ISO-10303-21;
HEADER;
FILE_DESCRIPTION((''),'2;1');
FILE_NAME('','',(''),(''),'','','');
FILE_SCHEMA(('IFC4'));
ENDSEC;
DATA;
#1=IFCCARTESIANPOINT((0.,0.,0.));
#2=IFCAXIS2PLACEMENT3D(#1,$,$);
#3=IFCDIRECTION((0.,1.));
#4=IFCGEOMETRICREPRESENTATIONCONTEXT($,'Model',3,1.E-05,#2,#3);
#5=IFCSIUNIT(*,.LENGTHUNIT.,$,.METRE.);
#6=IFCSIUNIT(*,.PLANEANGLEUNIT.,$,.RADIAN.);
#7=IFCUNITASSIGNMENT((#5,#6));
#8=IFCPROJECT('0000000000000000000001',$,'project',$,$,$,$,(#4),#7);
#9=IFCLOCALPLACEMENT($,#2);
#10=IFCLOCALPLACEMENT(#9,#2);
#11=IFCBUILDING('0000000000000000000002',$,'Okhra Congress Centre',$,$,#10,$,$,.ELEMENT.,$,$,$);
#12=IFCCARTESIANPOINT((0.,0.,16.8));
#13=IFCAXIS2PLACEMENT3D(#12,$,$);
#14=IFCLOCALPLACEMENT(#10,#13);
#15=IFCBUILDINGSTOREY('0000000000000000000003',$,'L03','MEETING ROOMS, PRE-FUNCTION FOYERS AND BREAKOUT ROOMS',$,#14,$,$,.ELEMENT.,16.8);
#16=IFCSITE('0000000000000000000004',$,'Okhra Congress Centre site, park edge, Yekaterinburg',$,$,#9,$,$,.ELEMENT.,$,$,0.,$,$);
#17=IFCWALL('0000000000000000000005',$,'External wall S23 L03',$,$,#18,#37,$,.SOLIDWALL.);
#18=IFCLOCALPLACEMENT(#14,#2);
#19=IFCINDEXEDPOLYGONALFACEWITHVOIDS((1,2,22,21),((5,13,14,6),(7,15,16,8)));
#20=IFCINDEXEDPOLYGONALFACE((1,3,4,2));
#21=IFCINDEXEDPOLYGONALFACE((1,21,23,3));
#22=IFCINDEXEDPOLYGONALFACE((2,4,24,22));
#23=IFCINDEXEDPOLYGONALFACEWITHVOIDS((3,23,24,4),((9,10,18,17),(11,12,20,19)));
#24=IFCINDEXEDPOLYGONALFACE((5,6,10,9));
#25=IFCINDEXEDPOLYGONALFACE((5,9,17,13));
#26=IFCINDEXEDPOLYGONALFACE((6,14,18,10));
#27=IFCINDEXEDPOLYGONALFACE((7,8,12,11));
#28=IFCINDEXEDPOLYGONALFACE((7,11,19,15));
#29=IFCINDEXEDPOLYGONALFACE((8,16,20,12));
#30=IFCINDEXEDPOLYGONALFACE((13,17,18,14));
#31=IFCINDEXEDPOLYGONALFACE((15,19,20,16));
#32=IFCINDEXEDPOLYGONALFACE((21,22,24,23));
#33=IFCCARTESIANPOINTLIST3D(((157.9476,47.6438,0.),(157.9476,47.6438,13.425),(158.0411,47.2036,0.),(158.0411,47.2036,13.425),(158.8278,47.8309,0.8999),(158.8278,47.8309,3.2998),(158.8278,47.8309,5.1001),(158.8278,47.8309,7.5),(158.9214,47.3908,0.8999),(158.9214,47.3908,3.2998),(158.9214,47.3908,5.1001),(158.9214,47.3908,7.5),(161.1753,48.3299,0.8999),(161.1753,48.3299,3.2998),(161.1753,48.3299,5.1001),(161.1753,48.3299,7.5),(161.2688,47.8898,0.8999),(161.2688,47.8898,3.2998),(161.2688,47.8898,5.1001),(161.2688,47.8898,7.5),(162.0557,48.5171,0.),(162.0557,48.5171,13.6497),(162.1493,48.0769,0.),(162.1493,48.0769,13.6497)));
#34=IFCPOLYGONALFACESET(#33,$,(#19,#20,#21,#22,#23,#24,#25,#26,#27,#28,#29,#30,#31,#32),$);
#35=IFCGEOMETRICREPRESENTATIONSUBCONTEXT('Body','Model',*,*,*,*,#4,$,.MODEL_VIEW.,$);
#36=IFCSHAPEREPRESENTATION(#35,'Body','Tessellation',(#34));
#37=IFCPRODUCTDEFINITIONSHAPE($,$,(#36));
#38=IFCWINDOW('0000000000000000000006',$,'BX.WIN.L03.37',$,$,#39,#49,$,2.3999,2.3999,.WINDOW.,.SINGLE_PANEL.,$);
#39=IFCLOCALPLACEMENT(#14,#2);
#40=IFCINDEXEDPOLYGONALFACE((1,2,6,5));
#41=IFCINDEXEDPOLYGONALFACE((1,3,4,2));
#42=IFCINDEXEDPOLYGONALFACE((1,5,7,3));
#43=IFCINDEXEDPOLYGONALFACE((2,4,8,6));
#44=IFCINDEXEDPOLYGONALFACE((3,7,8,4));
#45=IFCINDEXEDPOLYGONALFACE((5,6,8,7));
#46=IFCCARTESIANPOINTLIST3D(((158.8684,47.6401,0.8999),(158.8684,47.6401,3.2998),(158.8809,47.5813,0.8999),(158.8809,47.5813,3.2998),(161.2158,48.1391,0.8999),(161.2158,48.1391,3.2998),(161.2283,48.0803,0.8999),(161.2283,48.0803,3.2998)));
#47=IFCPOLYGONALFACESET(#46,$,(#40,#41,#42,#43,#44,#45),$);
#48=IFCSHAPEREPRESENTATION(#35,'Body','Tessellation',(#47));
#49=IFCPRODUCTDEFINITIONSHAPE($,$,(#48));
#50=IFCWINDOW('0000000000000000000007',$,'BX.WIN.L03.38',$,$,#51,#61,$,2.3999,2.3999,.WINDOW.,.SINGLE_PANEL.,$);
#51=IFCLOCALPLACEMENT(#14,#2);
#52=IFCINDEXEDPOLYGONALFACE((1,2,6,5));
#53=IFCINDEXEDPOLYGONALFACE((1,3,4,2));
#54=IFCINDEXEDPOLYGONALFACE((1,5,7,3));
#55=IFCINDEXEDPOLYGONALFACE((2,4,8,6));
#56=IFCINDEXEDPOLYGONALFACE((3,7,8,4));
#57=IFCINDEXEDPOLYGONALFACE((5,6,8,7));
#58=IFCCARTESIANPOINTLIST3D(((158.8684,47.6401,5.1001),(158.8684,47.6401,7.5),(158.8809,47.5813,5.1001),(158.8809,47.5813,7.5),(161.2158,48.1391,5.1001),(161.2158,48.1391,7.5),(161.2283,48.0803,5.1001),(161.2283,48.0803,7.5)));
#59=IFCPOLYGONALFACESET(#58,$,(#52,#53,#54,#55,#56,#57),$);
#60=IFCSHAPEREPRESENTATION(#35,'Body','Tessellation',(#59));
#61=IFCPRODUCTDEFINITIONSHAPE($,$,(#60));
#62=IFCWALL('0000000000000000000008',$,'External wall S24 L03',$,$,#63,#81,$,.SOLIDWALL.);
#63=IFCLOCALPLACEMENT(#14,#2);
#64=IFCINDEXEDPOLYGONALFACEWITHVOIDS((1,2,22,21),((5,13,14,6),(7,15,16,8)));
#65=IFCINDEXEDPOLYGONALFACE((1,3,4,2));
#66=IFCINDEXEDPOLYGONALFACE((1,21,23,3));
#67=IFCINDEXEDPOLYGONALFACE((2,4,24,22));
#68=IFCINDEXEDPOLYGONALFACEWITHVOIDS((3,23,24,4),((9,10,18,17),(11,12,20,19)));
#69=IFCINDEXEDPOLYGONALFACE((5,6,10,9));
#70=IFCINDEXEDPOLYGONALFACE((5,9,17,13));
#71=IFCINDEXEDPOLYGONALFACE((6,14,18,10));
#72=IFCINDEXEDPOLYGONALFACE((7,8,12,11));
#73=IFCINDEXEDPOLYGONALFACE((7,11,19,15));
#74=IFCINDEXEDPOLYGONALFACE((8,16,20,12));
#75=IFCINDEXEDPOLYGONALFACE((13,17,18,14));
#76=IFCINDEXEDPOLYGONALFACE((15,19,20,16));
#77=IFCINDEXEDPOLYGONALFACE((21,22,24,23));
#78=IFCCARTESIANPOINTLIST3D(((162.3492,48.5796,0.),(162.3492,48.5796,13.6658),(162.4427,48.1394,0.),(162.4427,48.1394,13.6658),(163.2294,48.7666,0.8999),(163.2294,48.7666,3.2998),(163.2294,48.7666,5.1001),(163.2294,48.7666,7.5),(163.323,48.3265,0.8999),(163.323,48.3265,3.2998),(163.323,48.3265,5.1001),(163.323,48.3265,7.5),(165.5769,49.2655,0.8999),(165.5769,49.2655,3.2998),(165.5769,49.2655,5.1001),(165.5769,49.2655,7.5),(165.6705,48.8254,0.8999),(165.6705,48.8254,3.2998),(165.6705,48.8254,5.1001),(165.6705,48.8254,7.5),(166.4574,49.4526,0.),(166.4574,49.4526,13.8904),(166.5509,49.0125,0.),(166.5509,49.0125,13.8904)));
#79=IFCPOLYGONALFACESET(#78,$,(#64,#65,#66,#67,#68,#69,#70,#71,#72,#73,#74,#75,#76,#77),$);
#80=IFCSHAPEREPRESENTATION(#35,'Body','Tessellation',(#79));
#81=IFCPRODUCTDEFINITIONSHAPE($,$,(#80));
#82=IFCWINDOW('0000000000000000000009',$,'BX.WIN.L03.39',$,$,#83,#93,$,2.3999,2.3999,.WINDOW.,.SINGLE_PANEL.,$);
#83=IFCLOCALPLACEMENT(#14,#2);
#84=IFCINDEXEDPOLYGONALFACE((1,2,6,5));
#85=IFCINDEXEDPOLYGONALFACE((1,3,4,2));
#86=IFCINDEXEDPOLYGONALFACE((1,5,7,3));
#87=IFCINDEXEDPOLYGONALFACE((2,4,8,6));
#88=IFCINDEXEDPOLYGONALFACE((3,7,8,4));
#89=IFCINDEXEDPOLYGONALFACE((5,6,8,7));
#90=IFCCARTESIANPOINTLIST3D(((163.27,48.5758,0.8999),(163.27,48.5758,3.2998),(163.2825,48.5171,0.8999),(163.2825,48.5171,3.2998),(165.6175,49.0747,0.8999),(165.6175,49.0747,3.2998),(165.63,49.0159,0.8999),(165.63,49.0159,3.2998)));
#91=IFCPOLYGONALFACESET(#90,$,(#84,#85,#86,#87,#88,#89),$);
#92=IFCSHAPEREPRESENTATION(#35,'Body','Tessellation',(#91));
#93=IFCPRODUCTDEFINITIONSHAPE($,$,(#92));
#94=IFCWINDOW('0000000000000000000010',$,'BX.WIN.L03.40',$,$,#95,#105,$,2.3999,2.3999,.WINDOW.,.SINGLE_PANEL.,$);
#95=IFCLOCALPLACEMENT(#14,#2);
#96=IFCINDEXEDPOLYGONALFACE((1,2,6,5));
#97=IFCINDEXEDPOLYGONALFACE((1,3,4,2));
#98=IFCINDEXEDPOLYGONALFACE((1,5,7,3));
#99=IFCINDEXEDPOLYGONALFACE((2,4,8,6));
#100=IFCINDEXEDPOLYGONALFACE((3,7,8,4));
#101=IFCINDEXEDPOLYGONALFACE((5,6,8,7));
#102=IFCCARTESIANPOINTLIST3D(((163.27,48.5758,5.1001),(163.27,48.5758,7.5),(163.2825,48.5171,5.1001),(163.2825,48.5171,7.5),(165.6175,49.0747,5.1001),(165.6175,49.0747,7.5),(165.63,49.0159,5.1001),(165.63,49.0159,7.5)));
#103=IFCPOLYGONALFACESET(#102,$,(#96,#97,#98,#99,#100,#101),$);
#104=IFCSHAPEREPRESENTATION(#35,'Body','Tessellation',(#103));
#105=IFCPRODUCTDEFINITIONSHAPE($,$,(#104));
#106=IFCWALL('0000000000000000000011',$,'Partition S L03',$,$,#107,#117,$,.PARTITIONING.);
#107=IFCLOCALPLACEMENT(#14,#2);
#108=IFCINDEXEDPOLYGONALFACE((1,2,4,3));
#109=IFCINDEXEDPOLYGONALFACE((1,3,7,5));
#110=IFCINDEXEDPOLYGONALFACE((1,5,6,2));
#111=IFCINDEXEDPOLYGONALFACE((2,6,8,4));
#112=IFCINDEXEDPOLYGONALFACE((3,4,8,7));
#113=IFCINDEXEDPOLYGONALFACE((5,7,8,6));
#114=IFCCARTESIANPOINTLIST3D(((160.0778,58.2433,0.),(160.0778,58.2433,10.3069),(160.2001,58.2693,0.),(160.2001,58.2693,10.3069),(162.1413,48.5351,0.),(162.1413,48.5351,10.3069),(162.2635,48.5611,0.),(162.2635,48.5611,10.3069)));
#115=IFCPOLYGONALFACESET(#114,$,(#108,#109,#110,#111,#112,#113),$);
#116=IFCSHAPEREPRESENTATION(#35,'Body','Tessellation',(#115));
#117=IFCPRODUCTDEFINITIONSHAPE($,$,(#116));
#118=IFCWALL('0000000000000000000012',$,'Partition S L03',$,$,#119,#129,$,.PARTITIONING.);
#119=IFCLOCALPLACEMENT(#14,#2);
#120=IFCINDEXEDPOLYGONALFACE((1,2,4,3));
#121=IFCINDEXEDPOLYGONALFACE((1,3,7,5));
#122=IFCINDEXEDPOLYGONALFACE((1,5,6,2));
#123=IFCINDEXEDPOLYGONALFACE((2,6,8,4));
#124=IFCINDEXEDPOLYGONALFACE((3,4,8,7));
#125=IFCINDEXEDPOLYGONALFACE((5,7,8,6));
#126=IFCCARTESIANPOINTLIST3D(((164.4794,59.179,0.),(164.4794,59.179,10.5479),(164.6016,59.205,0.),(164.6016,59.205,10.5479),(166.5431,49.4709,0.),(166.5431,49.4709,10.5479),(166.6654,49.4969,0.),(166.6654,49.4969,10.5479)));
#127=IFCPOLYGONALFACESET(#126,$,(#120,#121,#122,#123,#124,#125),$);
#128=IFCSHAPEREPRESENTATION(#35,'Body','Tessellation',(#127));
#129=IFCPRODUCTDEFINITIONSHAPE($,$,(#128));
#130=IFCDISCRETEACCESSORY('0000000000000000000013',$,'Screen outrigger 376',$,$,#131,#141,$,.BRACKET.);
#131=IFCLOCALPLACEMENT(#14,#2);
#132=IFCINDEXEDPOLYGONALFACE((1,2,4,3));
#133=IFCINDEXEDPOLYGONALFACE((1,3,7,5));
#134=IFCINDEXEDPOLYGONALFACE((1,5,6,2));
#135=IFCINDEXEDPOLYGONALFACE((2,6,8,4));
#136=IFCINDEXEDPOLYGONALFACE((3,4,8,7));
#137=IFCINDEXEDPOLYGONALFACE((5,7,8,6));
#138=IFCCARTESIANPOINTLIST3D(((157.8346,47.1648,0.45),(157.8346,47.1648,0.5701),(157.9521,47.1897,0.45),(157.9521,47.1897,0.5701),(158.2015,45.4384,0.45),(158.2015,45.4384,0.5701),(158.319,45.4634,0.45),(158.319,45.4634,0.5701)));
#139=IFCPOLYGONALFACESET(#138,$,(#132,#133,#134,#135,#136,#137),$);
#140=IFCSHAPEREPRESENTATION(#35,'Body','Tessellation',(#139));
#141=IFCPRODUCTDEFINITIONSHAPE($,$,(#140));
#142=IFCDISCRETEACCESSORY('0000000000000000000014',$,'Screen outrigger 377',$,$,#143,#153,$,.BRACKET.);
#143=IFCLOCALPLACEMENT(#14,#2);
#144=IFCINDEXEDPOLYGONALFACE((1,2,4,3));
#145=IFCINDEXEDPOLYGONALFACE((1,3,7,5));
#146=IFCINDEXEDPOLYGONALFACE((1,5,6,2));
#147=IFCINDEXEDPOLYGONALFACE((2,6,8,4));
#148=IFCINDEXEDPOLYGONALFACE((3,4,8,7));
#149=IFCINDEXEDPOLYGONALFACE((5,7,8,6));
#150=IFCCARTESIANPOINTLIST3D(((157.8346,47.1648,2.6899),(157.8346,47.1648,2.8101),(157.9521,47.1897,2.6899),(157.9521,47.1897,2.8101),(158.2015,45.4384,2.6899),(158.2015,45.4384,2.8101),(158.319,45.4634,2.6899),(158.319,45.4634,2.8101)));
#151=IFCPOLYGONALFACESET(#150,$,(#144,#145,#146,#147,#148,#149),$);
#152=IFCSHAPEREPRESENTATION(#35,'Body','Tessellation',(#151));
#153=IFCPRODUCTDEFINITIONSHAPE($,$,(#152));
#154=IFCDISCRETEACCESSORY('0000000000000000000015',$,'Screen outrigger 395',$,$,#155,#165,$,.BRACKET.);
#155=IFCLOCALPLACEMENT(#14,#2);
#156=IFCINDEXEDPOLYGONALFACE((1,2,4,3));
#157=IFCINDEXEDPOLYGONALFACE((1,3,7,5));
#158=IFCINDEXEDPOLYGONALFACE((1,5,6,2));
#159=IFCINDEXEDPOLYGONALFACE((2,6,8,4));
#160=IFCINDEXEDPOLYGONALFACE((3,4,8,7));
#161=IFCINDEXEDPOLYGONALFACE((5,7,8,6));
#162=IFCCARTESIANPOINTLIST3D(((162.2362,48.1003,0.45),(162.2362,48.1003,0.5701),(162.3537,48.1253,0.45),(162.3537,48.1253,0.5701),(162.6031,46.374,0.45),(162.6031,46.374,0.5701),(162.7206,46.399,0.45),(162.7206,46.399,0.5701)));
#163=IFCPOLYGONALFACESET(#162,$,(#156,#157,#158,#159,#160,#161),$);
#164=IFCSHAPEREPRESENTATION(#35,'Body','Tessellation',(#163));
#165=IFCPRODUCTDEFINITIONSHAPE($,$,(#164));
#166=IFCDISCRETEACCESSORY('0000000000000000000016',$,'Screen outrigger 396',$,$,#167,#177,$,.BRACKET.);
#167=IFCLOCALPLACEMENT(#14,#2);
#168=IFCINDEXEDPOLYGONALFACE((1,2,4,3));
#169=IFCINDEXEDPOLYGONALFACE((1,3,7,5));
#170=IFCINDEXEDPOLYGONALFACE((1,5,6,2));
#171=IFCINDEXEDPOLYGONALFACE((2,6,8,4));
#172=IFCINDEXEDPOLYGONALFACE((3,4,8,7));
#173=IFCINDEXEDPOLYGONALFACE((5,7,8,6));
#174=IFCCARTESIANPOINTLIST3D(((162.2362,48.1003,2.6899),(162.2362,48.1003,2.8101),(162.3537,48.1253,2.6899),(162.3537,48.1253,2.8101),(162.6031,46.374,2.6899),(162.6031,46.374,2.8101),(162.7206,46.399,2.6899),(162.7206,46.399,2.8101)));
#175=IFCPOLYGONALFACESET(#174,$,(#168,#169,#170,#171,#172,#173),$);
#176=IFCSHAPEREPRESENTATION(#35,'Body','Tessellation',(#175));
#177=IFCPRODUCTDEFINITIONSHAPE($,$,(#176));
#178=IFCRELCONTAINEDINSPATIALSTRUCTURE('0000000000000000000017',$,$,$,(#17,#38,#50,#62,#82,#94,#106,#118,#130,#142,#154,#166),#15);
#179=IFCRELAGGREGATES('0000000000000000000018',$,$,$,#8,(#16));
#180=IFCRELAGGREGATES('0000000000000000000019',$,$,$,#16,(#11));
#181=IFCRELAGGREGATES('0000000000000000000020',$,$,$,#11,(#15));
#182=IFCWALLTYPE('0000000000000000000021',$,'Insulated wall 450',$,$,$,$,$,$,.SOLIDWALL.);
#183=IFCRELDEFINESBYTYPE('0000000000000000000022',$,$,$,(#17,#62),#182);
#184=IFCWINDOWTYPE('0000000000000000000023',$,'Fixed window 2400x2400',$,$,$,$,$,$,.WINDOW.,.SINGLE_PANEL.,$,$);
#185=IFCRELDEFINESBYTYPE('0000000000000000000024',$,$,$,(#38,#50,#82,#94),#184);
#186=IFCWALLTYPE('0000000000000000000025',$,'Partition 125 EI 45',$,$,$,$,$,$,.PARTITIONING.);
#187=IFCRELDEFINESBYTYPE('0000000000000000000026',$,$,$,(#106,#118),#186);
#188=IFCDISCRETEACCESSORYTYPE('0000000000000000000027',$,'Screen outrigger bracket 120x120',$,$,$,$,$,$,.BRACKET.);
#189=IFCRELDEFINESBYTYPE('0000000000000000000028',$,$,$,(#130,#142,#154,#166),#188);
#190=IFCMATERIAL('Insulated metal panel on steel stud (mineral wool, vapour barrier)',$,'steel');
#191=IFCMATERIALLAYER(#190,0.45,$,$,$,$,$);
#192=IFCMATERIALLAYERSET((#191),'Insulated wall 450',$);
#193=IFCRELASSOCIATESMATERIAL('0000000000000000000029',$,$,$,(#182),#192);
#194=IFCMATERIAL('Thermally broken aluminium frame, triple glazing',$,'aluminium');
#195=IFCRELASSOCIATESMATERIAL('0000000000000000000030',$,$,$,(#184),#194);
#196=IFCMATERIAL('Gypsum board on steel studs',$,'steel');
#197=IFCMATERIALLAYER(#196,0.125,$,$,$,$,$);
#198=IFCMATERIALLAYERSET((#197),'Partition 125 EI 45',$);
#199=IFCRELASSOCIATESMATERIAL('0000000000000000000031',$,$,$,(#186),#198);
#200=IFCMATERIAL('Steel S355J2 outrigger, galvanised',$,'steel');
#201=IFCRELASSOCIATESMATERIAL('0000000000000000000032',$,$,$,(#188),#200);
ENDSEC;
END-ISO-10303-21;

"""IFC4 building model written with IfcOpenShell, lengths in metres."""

from ifc_helpers import new_model, si_unit, direction, frame, frame_2d, origin, origin_2d, place, context, subcontext, project, spatial, polyline, rectangle, outline, extrude, material, layer, layer_set, material_profile, profile_set, type_object, element, fill, save


model = new_model("IFC4")

# Units and contexts
model_context = context("Model", 3, precision=1e-05, world=origin(), true_north=direction((0.0, 1.0)))
body_context = subcontext(model_context, "Body", "Model", "MODEL_VIEW")
ifc_project = project(units=[si_unit("LENGTHUNIT", "METRE"), si_unit("PLANEANGLEUNIT", "RADIAN")], contexts=[model_context])

# Site, building, storey
site_placement = place(None, origin())
site = spatial("IfcSite", under=ifc_project, at=site_placement, Name="Okhra Congress Centre site, park edge, Yekaterinburg", CompositionType="ELEMENT", RefElevation=0.0)
building_placement = place(site_placement, origin())
building = spatial("IfcBuilding", under=site, at=building_placement, Name="Okhra Congress Centre", CompositionType="ELEMENT")
storey_placement = place(building_placement, frame((0.0, 0.0, 16.8)))
storey = spatial("IfcBuildingStorey", under=building, at=storey_placement, Name="L03", Description="MEETING ROOMS, PRE-FUNCTION FOYERS AND BREAKOUT ROOMS", CompositionType="ELEMENT", Elevation=16.8)

# Walls, openings, windows
ifc_material_1 = material(Name="Insulated metal panel on steel stud (mineral wool, vapour barrier)", Category="steel")
ifc_layer_1 = layer(ifc_material_1, 0.45)
ifc_layer_set_1 = layer_set([ifc_layer_1], Name="Insulated wall 450")
wall_type_1 = type_object("IfcWallType", Name="Insulated wall 450", PredefinedType="SOLIDWALL", material=ifc_layer_set_1)
wall_1_placement = place(storey_placement, frame((157.9944, 47.4236, 0.0), z_axis=(0.0, 0.0, 1.0), x_axis=(0.978144, 0.207929, 0.0)))
wall_1 = element("IfcWall", 1, at=wall_1_placement, inside=storey, type_object=wall_type_1, Name="External wall S23 L03", PredefinedType="SOLIDWALL", context=body_context, shape_type="SweptSolid", body=[
    extrude(outline(polyline([(0.0, 0.0), (4.2, 0.0), (4.2, 13.6497), (0.0, 13.425), (0.0, 0.0)])), frame((0.0, 0.2251, 0.0), z_axis=(0.0, -1.0, 0.0), x_axis=(1.0, 0.0, 0.0)), (0.0, 0.0, 1.0), 0.45),
])
opening_1_placement = place(wall_1_placement, frame((0.8999, 0.0, 0.8999)))
opening_1 = element("IfcOpeningElement", 2, at=opening_1_placement, cuts=wall_1, PredefinedType="OPENING", context=body_context, shape_type="SweptSolid", body=[
    extrude(rectangle(XDim=2.3999, YDim=2.3999, at=frame_2d((1.2, 1.2))), frame((0.0, 0.2349, 0.0), z_axis=(0.0, -1.0, 0.0), x_axis=(1.0, 0.0, 0.0)), (0.0, 0.0, 1.0), 0.47),
])
opening_2_placement = place(wall_1_placement, frame((0.8999, 0.0, 5.1001)))
opening_2 = element("IfcOpeningElement", 3, at=opening_2_placement, cuts=wall_1, PredefinedType="OPENING", context=body_context, shape_type="SweptSolid", body=[
    extrude(rectangle(XDim=2.3999, YDim=2.3999, at=frame_2d((1.2, 1.2))), frame((0.0, 0.2349, 0.0), z_axis=(0.0, -1.0, 0.0), x_axis=(1.0, 0.0, 0.0)), (0.0, 0.0, 1.0), 0.47),
])
ifc_material_2 = material(Name="Thermally broken aluminium frame, triple glazing", Category="aluminium")
window_type = type_object("IfcWindowType", Name="Fixed window 2400x2400", PartitioningType="SINGLE_PANEL", PredefinedType="WINDOW", material=ifc_material_2)
window_1_placement = place(opening_1_placement, origin())
window_1 = element("IfcWindow", 4, at=window_1_placement, inside=storey, type_object=window_type, Name="BX.WIN.L03.37", OverallHeight=2.3999, OverallWidth=2.3999, PartitioningType="SINGLE_PANEL", PredefinedType="WINDOW", context=body_context, shape_type="SweptSolid", body=[
    extrude(rectangle(XDim=2.3999, YDim=2.3999, at=frame_2d((1.2, 1.2))), frame((0.0, 0.03, 0.0), z_axis=(0.0, -1.0, 0.0), x_axis=(1.0, 0.0, 0.0)), (0.0, 0.0, 1.0), 0.0601),
])
fill(opening_1, window_1)
window_2_placement = place(opening_2_placement, origin())
window_2 = element("IfcWindow", 5, at=window_2_placement, inside=storey, type_object=window_type, Name="BX.WIN.L03.38", OverallHeight=2.3999, OverallWidth=2.3999, PartitioningType="SINGLE_PANEL", PredefinedType="WINDOW", context=body_context, shape_type="SweptSolid", body=[
    extrude(rectangle(XDim=2.3999, YDim=2.3999, at=frame_2d((1.2, 1.2))), frame((0.0, 0.03, 0.0), z_axis=(0.0, -1.0, 0.0), x_axis=(1.0, 0.0, 0.0)), (0.0, 0.0, 1.0), 0.0601),
])
fill(opening_2, window_2)
wall_2_placement = place(storey_placement, frame((162.396, 48.3594, 0.0), z_axis=(0.0, 0.0, 1.0), x_axis=(0.978156, 0.207873, 0.0)))
wall_2 = element("IfcWall", 6, at=wall_2_placement, inside=storey, type_object=wall_type_1, Name="External wall S24 L03", PredefinedType="SOLIDWALL", context=body_context, shape_type="SweptSolid", body=[
    extrude(outline(polyline([(0.0, 0.0), (4.2, 0.0), (4.2, 13.8904), (0.0, 13.6658), (0.0, 0.0)])), frame((0.0, 0.2251, 0.0), z_axis=(0.0, -1.0, 0.0), x_axis=(1.0, 0.0, 0.0)), (0.0, 0.0, 1.0), 0.45),
])
opening_3_placement = place(wall_2_placement, frame((0.8999, 0.0, 0.8999)))
opening_3 = element("IfcOpeningElement", 7, at=opening_3_placement, cuts=wall_2, PredefinedType="OPENING", context=body_context, shape_type="SweptSolid", body=[
    extrude(rectangle(XDim=2.3999, YDim=2.3999, at=frame_2d((1.2, 1.2))), frame((0.0, 0.2349, 0.0), z_axis=(0.0, -1.0, 0.0), x_axis=(1.0, 0.0, 0.0)), (0.0, 0.0, 1.0), 0.47),
])
opening_4_placement = place(wall_2_placement, frame((0.8999, 0.0, 5.1001)))
opening_4 = element("IfcOpeningElement", 8, at=opening_4_placement, cuts=wall_2, PredefinedType="OPENING", context=body_context, shape_type="SweptSolid", body=[
    extrude(rectangle(XDim=2.3999, YDim=2.3999, at=frame_2d((1.2, 1.2))), frame((0.0, 0.2349, 0.0), z_axis=(0.0, -1.0, 0.0), x_axis=(1.0, 0.0, 0.0)), (0.0, 0.0, 1.0), 0.47),
])
window_3_placement = place(opening_3_placement, origin())
window_3 = element("IfcWindow", 9, at=window_3_placement, inside=storey, type_object=window_type, Name="BX.WIN.L03.39", OverallHeight=2.3999, OverallWidth=2.3999, PartitioningType="SINGLE_PANEL", PredefinedType="WINDOW", context=body_context, shape_type="SweptSolid", body=[
    extrude(rectangle(XDim=2.3999, YDim=2.3999, at=frame_2d((1.2, 1.2))), frame((0.0, 0.03, 0.0), z_axis=(0.0, -1.0, 0.0), x_axis=(1.0, 0.0, 0.0)), (0.0, 0.0, 1.0), 0.0601),
])
fill(opening_3, window_3)
window_4_placement = place(opening_4_placement, origin())
window_4 = element("IfcWindow", 10, at=window_4_placement, inside=storey, type_object=window_type, Name="BX.WIN.L03.40", OverallHeight=2.3999, OverallWidth=2.3999, PartitioningType="SINGLE_PANEL", PredefinedType="WINDOW", context=body_context, shape_type="SweptSolid", body=[
    extrude(rectangle(XDim=2.3999, YDim=2.3999, at=frame_2d((1.2, 1.2))), frame((0.0, 0.03, 0.0), z_axis=(0.0, -1.0, 0.0), x_axis=(1.0, 0.0, 0.0)), (0.0, 0.0, 1.0), 0.0601),
])
fill(opening_4, window_4)

# Walls
ifc_material_3 = material(Name="Gypsum board on steel studs", Category="steel")
ifc_layer_2 = layer(ifc_material_3, 0.125)
ifc_layer_set_2 = layer_set([ifc_layer_2], Name="Partition 125 EI 45")
wall_type_2 = type_object("IfcWallType", Name="Partition 125 EI 45", PredefinedType="PARTITIONING", material=ifc_layer_set_2)
wall_3_placement = place(storey_placement, frame((162.2024, 48.5481, 0.0), z_axis=(0.0, 0.0, 1.0), x_axis=(-0.207904, 0.978149, 0.0)))
element("IfcWall", 11, at=wall_3_placement, inside=storey, type_object=wall_type_2, Name="Partition S L03", PredefinedType="PARTITIONING", context=body_context, shape_type="SweptSolid", body=[
    extrude(outline(polyline([(0.0, 0.0), (9.925, 0.0), (9.925, 10.3069), (0.0, 10.3069), (0.0, 0.0)])), frame((0.0, 0.0625, 0.0), z_axis=(0.0, -1.0, 0.0), x_axis=(1.0, 0.0, 0.0)), (0.0, 0.0, 1.0), 0.125),
])
wall_4_placement = place(storey_placement, frame((166.6042, 49.4839, 0.0), z_axis=(0.0, 0.0, 1.0), x_axis=(-0.207933, 0.978143, 0.0)))
element("IfcWall", 12, at=wall_4_placement, inside=storey, type_object=wall_type_2, Name="Partition S L03", PredefinedType="PARTITIONING", context=body_context, shape_type="SweptSolid", body=[
    extrude(outline(polyline([(0.0, 0.0), (9.925, 0.0), (9.925, 10.5479), (0.0, 10.5479), (0.0, 0.0)])), frame((0.0, 0.0625, 0.0), z_axis=(0.0, -1.0, 0.0), x_axis=(1.0, 0.0, 0.0)), (0.0, 0.0, 1.0), 0.125),
])

# Discrete accessories
ifc_material_4 = material(Name="Steel S355J2 outrigger, galvanised", Category="steel")
ifc_material_profile_1 = material_profile(ifc_material_4, rectangle(XDim=0.1201, YDim=0.1201, at=origin_2d()), Name="Screen outrigger bracket 120x120")
ifc_profile_set_1 = profile_set([ifc_material_profile_1], Name="Steel S355J2 outrigger, galvanised")
discrete_accessory_type = type_object("IfcDiscreteAccessoryType", Name="Screen outrigger bracket 120x120", PredefinedType="BRACKET", material=ifc_profile_set_1)
for number, where, z_axis, x_axis, name in (
    (13, (157.8933, 47.1772, 0.51), (0.207913, -0.978147, 0.0), (0.978147, 0.207913, 0.0), "Screen outrigger 376"),
    (14, (157.8933, 47.1772, 2.75), (0.207913, -0.978147, 0.0), (0.978147, 0.207913, 0.0), "Screen outrigger 377"),
    (15, (162.2949, 48.1128, 0.51), (0.207913, -0.978147, 0.0), (0.978147, 0.207913, 0.0), "Screen outrigger 395"),
    (16, (162.2949, 48.1128, 2.75), (0.207913, -0.978147, 0.0), (0.978147, 0.207913, 0.0), "Screen outrigger 396"),
):
    element("IfcDiscreteAccessory", number, at=place(storey_placement, frame(where, z_axis=z_axis, x_axis=x_axis)), inside=storey, type_object=discrete_accessory_type, Name=name, PredefinedType="BRACKET", context=body_context, shape_type="SweptSolid", body=[
        extrude(rectangle(XDim=0.1201, YDim=0.1201, at=origin_2d()), origin(), (0.0, 0.0, 1.0), 1.7649),
    ])

save(model, "model.ifc")
